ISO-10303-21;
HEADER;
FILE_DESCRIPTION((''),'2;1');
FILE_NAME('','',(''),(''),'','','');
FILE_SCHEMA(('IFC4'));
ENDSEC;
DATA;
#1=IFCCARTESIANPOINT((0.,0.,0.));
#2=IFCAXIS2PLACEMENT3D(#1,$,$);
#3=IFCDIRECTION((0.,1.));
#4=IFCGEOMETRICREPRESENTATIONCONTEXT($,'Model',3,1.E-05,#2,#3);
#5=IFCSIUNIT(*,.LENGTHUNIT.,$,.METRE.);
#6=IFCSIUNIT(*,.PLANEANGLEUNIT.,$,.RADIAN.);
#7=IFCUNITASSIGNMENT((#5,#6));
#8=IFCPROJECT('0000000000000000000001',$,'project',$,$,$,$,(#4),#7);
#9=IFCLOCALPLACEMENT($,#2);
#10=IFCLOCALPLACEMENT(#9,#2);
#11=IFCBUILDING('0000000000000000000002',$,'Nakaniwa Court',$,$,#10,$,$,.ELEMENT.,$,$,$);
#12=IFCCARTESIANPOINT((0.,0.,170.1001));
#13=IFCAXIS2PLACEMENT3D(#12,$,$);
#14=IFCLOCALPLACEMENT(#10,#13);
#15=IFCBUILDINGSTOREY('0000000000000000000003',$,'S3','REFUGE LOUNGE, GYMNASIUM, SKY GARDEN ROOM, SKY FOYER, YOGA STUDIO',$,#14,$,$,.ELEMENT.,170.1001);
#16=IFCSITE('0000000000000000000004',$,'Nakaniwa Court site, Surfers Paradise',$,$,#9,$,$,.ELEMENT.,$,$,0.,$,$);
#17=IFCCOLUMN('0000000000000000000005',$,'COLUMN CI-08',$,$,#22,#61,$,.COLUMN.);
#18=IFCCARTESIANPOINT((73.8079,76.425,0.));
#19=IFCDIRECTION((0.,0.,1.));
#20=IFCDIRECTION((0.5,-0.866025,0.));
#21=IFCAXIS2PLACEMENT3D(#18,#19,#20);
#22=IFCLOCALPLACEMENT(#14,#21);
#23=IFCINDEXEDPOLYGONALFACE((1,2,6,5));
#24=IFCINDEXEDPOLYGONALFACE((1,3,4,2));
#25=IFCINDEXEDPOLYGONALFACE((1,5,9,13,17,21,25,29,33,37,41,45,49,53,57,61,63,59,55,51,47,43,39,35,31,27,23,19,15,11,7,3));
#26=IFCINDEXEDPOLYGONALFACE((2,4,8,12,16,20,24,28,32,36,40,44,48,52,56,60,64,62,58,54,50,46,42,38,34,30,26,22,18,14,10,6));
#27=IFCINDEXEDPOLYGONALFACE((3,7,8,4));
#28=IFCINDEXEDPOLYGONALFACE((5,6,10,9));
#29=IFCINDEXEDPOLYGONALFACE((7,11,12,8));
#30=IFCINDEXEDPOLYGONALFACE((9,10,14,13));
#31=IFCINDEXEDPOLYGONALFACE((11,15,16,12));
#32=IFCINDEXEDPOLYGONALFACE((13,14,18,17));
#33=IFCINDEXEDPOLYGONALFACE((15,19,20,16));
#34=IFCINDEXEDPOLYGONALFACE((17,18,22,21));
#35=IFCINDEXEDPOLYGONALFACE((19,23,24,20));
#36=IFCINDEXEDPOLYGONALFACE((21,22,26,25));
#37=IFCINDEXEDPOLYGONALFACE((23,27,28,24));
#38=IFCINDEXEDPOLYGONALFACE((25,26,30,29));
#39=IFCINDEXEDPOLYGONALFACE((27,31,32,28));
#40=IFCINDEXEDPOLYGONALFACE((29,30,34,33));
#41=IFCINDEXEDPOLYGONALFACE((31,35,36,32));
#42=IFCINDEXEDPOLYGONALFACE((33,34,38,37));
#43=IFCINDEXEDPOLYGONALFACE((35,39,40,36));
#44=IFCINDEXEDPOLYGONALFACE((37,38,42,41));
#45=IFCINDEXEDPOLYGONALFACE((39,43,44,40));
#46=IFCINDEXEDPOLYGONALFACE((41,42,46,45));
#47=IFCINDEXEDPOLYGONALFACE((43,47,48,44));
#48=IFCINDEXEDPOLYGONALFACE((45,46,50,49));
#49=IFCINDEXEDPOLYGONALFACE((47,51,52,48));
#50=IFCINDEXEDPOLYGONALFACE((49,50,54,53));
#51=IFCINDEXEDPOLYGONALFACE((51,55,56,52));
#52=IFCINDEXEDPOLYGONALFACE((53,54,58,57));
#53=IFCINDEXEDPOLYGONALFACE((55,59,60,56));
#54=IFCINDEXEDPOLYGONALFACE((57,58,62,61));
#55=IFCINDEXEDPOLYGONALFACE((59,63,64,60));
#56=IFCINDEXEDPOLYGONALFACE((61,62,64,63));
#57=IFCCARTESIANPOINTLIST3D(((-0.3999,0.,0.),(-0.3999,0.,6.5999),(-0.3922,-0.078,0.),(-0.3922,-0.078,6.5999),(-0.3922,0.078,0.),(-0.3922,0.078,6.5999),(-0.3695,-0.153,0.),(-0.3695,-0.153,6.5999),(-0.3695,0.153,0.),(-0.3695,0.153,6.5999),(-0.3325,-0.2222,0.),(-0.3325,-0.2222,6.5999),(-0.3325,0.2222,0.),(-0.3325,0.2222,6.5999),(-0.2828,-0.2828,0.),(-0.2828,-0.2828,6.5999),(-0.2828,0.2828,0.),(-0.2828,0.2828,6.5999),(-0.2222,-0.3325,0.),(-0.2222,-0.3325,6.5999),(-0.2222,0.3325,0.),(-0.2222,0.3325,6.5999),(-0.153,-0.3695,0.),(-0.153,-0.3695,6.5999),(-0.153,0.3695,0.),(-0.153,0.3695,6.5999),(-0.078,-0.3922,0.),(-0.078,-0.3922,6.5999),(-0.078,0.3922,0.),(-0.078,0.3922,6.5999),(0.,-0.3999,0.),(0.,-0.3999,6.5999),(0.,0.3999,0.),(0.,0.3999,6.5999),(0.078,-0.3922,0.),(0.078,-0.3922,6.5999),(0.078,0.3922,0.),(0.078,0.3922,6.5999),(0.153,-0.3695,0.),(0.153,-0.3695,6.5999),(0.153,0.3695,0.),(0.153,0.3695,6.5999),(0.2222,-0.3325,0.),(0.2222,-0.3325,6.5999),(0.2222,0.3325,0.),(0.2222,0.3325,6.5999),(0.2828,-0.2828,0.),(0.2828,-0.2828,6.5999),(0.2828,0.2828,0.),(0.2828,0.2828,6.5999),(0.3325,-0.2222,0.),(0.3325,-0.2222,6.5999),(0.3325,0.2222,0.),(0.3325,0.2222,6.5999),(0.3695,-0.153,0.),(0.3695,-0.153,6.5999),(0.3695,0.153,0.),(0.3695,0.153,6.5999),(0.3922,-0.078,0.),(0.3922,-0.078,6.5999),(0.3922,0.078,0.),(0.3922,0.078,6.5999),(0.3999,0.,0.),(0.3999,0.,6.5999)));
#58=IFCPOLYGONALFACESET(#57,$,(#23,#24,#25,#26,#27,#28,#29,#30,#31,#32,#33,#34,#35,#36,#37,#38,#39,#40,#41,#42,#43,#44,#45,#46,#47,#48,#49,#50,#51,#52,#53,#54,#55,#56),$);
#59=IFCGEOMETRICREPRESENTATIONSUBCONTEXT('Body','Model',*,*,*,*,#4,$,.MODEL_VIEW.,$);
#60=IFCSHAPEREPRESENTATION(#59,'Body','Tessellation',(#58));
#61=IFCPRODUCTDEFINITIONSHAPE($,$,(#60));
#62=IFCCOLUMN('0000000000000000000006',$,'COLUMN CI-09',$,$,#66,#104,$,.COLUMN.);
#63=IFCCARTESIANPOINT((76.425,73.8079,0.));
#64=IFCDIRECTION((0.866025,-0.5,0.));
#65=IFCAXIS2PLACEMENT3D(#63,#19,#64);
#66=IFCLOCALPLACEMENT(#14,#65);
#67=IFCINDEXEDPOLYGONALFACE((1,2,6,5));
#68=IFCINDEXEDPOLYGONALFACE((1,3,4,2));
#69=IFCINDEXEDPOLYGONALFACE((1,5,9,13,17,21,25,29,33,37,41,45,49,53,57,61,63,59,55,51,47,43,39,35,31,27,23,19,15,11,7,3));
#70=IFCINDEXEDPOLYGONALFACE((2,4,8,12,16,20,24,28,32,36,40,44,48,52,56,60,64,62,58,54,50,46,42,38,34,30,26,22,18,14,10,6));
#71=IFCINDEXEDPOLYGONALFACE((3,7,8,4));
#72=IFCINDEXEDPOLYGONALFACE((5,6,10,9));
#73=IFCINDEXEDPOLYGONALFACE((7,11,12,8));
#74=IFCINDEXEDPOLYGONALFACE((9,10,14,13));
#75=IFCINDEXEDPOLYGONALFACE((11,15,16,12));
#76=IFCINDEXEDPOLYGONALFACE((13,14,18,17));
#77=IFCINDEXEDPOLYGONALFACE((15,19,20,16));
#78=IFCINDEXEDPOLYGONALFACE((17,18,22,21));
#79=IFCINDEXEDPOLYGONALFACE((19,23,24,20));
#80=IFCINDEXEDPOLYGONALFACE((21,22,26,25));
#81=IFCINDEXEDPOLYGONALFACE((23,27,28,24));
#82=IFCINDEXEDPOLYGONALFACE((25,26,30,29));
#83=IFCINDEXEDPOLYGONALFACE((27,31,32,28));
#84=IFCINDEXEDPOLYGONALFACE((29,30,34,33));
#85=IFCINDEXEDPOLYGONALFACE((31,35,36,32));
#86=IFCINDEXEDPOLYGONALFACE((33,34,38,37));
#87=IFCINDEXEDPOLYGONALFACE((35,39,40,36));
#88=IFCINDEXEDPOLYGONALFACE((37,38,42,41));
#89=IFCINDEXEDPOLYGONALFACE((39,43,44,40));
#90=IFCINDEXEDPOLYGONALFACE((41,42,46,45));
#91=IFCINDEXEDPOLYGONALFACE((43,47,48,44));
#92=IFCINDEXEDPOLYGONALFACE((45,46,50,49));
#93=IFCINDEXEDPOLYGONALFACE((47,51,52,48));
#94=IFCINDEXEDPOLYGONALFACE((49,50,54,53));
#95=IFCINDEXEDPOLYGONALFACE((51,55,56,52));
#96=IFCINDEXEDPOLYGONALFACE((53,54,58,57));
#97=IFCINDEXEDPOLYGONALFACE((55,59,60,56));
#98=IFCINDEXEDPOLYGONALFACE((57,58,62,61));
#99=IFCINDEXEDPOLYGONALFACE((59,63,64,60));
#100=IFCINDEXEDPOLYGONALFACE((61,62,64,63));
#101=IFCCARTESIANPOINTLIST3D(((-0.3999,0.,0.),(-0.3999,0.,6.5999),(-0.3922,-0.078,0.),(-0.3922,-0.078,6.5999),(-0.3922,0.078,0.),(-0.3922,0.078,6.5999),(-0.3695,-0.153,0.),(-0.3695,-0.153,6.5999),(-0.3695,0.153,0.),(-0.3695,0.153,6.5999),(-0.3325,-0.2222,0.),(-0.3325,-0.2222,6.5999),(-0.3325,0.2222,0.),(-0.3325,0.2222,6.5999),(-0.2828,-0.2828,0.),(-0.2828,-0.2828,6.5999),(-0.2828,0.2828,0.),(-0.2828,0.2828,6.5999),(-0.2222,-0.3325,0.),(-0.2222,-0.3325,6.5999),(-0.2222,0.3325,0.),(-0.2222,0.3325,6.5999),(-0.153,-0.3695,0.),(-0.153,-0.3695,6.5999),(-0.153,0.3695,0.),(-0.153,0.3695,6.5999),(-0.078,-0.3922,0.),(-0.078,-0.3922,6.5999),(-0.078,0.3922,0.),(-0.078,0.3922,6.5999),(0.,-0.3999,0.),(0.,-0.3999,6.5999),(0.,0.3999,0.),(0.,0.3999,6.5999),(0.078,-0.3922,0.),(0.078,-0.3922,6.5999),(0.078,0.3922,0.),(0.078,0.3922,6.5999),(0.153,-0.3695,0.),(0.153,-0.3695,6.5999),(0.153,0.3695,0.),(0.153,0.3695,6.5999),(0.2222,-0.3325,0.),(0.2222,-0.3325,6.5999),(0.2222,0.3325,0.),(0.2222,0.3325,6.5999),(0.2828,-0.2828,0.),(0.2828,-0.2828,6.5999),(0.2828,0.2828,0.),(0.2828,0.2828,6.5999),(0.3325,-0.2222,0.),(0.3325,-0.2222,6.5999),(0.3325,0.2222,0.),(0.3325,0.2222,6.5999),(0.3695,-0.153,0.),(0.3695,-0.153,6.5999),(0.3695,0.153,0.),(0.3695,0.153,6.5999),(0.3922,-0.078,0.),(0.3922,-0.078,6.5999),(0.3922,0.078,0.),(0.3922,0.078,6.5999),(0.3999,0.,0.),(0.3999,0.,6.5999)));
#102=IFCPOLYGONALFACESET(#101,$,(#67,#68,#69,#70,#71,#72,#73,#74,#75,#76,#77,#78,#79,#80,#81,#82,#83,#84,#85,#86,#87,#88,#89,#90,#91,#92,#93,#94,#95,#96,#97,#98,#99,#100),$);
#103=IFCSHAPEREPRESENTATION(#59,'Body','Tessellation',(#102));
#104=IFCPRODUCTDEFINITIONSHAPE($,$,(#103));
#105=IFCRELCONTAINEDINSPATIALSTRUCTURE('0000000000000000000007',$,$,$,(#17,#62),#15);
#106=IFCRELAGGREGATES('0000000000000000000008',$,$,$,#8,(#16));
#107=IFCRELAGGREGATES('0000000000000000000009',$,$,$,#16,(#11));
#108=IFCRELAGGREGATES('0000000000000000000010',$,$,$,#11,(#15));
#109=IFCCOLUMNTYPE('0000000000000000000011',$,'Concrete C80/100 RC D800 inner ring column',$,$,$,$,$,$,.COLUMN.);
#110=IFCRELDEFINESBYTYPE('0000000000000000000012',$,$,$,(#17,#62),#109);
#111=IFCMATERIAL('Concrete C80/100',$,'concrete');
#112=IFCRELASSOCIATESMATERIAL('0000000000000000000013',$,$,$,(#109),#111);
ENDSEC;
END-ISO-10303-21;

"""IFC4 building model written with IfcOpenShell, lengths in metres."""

from ifc_helpers import new_model, si_unit, direction, frame, origin, origin_2d, place, context, subcontext, project, spatial, circle, extrude, material, material_profile, profile_set, type_object, element, save


model = new_model("IFC4")

# Units and contexts
model_context = context("Model", 3, precision=1e-05, world=origin(), true_north=direction((0.0, 1.0)))
body_context = subcontext(model_context, "Body", "Model", "MODEL_VIEW")
ifc_project = project(units=[si_unit("LENGTHUNIT", "METRE"), si_unit("PLANEANGLEUNIT", "RADIAN")], contexts=[model_context])

# Site, building, storey
site_placement = place(None, origin())
site = spatial("IfcSite", under=ifc_project, at=site_placement, Name="Nakaniwa Court site, Surfers Paradise", CompositionType="ELEMENT", RefElevation=0.0)
building_placement = place(site_placement, origin())
building = spatial("IfcBuilding", under=site, at=building_placement, Name="Nakaniwa Court", CompositionType="ELEMENT")
storey_placement = place(building_placement, frame((0.0, 0.0, 170.1001)))
storey = spatial("IfcBuildingStorey", under=building, at=storey_placement, Name="S3", Description="REFUGE LOUNGE, GYMNASIUM, SKY GARDEN ROOM, SKY FOYER, YOGA STUDIO", CompositionType="ELEMENT", Elevation=170.1001)

# Columns
ifc_material_1 = material(Name="Concrete C80/100", Category="concrete")
ifc_material_profile_1 = material_profile(ifc_material_1, circle(Radius=0.3999, at=origin_2d()), Name="Concrete C80/100 RC D800 inner ring column")
ifc_profile_set_1 = profile_set([ifc_material_profile_1], Name="Concrete C80/100")
column_type = type_object("IfcColumnType", Name="Concrete C80/100 RC D800 inner ring column", PredefinedType="COLUMN", material=ifc_profile_set_1)
for number, where, z_axis, x_axis, name in (
    (1, (73.8079, 76.425, 0.0), (0.0, 0.0, 1.0), (0.5, -0.866025, 0.0), "COLUMN CI-08"),
    (2, (76.425, 73.8079, 0.0), (0.0, 0.0, 1.0), (0.866025, -0.5, 0.0), "COLUMN CI-09"),
):
    element("IfcColumn", number, at=place(storey_placement, frame(where, z_axis=z_axis, x_axis=x_axis)), inside=storey, type_object=column_type, Name=name, PredefinedType="COLUMN", context=body_context, shape_type="SweptSolid", body=[
        extrude(circle(Radius=0.3999, at=origin_2d()), origin(), (0.0, 0.0, 1.0), 6.5999),
    ])

save(model, "model.ifc")
